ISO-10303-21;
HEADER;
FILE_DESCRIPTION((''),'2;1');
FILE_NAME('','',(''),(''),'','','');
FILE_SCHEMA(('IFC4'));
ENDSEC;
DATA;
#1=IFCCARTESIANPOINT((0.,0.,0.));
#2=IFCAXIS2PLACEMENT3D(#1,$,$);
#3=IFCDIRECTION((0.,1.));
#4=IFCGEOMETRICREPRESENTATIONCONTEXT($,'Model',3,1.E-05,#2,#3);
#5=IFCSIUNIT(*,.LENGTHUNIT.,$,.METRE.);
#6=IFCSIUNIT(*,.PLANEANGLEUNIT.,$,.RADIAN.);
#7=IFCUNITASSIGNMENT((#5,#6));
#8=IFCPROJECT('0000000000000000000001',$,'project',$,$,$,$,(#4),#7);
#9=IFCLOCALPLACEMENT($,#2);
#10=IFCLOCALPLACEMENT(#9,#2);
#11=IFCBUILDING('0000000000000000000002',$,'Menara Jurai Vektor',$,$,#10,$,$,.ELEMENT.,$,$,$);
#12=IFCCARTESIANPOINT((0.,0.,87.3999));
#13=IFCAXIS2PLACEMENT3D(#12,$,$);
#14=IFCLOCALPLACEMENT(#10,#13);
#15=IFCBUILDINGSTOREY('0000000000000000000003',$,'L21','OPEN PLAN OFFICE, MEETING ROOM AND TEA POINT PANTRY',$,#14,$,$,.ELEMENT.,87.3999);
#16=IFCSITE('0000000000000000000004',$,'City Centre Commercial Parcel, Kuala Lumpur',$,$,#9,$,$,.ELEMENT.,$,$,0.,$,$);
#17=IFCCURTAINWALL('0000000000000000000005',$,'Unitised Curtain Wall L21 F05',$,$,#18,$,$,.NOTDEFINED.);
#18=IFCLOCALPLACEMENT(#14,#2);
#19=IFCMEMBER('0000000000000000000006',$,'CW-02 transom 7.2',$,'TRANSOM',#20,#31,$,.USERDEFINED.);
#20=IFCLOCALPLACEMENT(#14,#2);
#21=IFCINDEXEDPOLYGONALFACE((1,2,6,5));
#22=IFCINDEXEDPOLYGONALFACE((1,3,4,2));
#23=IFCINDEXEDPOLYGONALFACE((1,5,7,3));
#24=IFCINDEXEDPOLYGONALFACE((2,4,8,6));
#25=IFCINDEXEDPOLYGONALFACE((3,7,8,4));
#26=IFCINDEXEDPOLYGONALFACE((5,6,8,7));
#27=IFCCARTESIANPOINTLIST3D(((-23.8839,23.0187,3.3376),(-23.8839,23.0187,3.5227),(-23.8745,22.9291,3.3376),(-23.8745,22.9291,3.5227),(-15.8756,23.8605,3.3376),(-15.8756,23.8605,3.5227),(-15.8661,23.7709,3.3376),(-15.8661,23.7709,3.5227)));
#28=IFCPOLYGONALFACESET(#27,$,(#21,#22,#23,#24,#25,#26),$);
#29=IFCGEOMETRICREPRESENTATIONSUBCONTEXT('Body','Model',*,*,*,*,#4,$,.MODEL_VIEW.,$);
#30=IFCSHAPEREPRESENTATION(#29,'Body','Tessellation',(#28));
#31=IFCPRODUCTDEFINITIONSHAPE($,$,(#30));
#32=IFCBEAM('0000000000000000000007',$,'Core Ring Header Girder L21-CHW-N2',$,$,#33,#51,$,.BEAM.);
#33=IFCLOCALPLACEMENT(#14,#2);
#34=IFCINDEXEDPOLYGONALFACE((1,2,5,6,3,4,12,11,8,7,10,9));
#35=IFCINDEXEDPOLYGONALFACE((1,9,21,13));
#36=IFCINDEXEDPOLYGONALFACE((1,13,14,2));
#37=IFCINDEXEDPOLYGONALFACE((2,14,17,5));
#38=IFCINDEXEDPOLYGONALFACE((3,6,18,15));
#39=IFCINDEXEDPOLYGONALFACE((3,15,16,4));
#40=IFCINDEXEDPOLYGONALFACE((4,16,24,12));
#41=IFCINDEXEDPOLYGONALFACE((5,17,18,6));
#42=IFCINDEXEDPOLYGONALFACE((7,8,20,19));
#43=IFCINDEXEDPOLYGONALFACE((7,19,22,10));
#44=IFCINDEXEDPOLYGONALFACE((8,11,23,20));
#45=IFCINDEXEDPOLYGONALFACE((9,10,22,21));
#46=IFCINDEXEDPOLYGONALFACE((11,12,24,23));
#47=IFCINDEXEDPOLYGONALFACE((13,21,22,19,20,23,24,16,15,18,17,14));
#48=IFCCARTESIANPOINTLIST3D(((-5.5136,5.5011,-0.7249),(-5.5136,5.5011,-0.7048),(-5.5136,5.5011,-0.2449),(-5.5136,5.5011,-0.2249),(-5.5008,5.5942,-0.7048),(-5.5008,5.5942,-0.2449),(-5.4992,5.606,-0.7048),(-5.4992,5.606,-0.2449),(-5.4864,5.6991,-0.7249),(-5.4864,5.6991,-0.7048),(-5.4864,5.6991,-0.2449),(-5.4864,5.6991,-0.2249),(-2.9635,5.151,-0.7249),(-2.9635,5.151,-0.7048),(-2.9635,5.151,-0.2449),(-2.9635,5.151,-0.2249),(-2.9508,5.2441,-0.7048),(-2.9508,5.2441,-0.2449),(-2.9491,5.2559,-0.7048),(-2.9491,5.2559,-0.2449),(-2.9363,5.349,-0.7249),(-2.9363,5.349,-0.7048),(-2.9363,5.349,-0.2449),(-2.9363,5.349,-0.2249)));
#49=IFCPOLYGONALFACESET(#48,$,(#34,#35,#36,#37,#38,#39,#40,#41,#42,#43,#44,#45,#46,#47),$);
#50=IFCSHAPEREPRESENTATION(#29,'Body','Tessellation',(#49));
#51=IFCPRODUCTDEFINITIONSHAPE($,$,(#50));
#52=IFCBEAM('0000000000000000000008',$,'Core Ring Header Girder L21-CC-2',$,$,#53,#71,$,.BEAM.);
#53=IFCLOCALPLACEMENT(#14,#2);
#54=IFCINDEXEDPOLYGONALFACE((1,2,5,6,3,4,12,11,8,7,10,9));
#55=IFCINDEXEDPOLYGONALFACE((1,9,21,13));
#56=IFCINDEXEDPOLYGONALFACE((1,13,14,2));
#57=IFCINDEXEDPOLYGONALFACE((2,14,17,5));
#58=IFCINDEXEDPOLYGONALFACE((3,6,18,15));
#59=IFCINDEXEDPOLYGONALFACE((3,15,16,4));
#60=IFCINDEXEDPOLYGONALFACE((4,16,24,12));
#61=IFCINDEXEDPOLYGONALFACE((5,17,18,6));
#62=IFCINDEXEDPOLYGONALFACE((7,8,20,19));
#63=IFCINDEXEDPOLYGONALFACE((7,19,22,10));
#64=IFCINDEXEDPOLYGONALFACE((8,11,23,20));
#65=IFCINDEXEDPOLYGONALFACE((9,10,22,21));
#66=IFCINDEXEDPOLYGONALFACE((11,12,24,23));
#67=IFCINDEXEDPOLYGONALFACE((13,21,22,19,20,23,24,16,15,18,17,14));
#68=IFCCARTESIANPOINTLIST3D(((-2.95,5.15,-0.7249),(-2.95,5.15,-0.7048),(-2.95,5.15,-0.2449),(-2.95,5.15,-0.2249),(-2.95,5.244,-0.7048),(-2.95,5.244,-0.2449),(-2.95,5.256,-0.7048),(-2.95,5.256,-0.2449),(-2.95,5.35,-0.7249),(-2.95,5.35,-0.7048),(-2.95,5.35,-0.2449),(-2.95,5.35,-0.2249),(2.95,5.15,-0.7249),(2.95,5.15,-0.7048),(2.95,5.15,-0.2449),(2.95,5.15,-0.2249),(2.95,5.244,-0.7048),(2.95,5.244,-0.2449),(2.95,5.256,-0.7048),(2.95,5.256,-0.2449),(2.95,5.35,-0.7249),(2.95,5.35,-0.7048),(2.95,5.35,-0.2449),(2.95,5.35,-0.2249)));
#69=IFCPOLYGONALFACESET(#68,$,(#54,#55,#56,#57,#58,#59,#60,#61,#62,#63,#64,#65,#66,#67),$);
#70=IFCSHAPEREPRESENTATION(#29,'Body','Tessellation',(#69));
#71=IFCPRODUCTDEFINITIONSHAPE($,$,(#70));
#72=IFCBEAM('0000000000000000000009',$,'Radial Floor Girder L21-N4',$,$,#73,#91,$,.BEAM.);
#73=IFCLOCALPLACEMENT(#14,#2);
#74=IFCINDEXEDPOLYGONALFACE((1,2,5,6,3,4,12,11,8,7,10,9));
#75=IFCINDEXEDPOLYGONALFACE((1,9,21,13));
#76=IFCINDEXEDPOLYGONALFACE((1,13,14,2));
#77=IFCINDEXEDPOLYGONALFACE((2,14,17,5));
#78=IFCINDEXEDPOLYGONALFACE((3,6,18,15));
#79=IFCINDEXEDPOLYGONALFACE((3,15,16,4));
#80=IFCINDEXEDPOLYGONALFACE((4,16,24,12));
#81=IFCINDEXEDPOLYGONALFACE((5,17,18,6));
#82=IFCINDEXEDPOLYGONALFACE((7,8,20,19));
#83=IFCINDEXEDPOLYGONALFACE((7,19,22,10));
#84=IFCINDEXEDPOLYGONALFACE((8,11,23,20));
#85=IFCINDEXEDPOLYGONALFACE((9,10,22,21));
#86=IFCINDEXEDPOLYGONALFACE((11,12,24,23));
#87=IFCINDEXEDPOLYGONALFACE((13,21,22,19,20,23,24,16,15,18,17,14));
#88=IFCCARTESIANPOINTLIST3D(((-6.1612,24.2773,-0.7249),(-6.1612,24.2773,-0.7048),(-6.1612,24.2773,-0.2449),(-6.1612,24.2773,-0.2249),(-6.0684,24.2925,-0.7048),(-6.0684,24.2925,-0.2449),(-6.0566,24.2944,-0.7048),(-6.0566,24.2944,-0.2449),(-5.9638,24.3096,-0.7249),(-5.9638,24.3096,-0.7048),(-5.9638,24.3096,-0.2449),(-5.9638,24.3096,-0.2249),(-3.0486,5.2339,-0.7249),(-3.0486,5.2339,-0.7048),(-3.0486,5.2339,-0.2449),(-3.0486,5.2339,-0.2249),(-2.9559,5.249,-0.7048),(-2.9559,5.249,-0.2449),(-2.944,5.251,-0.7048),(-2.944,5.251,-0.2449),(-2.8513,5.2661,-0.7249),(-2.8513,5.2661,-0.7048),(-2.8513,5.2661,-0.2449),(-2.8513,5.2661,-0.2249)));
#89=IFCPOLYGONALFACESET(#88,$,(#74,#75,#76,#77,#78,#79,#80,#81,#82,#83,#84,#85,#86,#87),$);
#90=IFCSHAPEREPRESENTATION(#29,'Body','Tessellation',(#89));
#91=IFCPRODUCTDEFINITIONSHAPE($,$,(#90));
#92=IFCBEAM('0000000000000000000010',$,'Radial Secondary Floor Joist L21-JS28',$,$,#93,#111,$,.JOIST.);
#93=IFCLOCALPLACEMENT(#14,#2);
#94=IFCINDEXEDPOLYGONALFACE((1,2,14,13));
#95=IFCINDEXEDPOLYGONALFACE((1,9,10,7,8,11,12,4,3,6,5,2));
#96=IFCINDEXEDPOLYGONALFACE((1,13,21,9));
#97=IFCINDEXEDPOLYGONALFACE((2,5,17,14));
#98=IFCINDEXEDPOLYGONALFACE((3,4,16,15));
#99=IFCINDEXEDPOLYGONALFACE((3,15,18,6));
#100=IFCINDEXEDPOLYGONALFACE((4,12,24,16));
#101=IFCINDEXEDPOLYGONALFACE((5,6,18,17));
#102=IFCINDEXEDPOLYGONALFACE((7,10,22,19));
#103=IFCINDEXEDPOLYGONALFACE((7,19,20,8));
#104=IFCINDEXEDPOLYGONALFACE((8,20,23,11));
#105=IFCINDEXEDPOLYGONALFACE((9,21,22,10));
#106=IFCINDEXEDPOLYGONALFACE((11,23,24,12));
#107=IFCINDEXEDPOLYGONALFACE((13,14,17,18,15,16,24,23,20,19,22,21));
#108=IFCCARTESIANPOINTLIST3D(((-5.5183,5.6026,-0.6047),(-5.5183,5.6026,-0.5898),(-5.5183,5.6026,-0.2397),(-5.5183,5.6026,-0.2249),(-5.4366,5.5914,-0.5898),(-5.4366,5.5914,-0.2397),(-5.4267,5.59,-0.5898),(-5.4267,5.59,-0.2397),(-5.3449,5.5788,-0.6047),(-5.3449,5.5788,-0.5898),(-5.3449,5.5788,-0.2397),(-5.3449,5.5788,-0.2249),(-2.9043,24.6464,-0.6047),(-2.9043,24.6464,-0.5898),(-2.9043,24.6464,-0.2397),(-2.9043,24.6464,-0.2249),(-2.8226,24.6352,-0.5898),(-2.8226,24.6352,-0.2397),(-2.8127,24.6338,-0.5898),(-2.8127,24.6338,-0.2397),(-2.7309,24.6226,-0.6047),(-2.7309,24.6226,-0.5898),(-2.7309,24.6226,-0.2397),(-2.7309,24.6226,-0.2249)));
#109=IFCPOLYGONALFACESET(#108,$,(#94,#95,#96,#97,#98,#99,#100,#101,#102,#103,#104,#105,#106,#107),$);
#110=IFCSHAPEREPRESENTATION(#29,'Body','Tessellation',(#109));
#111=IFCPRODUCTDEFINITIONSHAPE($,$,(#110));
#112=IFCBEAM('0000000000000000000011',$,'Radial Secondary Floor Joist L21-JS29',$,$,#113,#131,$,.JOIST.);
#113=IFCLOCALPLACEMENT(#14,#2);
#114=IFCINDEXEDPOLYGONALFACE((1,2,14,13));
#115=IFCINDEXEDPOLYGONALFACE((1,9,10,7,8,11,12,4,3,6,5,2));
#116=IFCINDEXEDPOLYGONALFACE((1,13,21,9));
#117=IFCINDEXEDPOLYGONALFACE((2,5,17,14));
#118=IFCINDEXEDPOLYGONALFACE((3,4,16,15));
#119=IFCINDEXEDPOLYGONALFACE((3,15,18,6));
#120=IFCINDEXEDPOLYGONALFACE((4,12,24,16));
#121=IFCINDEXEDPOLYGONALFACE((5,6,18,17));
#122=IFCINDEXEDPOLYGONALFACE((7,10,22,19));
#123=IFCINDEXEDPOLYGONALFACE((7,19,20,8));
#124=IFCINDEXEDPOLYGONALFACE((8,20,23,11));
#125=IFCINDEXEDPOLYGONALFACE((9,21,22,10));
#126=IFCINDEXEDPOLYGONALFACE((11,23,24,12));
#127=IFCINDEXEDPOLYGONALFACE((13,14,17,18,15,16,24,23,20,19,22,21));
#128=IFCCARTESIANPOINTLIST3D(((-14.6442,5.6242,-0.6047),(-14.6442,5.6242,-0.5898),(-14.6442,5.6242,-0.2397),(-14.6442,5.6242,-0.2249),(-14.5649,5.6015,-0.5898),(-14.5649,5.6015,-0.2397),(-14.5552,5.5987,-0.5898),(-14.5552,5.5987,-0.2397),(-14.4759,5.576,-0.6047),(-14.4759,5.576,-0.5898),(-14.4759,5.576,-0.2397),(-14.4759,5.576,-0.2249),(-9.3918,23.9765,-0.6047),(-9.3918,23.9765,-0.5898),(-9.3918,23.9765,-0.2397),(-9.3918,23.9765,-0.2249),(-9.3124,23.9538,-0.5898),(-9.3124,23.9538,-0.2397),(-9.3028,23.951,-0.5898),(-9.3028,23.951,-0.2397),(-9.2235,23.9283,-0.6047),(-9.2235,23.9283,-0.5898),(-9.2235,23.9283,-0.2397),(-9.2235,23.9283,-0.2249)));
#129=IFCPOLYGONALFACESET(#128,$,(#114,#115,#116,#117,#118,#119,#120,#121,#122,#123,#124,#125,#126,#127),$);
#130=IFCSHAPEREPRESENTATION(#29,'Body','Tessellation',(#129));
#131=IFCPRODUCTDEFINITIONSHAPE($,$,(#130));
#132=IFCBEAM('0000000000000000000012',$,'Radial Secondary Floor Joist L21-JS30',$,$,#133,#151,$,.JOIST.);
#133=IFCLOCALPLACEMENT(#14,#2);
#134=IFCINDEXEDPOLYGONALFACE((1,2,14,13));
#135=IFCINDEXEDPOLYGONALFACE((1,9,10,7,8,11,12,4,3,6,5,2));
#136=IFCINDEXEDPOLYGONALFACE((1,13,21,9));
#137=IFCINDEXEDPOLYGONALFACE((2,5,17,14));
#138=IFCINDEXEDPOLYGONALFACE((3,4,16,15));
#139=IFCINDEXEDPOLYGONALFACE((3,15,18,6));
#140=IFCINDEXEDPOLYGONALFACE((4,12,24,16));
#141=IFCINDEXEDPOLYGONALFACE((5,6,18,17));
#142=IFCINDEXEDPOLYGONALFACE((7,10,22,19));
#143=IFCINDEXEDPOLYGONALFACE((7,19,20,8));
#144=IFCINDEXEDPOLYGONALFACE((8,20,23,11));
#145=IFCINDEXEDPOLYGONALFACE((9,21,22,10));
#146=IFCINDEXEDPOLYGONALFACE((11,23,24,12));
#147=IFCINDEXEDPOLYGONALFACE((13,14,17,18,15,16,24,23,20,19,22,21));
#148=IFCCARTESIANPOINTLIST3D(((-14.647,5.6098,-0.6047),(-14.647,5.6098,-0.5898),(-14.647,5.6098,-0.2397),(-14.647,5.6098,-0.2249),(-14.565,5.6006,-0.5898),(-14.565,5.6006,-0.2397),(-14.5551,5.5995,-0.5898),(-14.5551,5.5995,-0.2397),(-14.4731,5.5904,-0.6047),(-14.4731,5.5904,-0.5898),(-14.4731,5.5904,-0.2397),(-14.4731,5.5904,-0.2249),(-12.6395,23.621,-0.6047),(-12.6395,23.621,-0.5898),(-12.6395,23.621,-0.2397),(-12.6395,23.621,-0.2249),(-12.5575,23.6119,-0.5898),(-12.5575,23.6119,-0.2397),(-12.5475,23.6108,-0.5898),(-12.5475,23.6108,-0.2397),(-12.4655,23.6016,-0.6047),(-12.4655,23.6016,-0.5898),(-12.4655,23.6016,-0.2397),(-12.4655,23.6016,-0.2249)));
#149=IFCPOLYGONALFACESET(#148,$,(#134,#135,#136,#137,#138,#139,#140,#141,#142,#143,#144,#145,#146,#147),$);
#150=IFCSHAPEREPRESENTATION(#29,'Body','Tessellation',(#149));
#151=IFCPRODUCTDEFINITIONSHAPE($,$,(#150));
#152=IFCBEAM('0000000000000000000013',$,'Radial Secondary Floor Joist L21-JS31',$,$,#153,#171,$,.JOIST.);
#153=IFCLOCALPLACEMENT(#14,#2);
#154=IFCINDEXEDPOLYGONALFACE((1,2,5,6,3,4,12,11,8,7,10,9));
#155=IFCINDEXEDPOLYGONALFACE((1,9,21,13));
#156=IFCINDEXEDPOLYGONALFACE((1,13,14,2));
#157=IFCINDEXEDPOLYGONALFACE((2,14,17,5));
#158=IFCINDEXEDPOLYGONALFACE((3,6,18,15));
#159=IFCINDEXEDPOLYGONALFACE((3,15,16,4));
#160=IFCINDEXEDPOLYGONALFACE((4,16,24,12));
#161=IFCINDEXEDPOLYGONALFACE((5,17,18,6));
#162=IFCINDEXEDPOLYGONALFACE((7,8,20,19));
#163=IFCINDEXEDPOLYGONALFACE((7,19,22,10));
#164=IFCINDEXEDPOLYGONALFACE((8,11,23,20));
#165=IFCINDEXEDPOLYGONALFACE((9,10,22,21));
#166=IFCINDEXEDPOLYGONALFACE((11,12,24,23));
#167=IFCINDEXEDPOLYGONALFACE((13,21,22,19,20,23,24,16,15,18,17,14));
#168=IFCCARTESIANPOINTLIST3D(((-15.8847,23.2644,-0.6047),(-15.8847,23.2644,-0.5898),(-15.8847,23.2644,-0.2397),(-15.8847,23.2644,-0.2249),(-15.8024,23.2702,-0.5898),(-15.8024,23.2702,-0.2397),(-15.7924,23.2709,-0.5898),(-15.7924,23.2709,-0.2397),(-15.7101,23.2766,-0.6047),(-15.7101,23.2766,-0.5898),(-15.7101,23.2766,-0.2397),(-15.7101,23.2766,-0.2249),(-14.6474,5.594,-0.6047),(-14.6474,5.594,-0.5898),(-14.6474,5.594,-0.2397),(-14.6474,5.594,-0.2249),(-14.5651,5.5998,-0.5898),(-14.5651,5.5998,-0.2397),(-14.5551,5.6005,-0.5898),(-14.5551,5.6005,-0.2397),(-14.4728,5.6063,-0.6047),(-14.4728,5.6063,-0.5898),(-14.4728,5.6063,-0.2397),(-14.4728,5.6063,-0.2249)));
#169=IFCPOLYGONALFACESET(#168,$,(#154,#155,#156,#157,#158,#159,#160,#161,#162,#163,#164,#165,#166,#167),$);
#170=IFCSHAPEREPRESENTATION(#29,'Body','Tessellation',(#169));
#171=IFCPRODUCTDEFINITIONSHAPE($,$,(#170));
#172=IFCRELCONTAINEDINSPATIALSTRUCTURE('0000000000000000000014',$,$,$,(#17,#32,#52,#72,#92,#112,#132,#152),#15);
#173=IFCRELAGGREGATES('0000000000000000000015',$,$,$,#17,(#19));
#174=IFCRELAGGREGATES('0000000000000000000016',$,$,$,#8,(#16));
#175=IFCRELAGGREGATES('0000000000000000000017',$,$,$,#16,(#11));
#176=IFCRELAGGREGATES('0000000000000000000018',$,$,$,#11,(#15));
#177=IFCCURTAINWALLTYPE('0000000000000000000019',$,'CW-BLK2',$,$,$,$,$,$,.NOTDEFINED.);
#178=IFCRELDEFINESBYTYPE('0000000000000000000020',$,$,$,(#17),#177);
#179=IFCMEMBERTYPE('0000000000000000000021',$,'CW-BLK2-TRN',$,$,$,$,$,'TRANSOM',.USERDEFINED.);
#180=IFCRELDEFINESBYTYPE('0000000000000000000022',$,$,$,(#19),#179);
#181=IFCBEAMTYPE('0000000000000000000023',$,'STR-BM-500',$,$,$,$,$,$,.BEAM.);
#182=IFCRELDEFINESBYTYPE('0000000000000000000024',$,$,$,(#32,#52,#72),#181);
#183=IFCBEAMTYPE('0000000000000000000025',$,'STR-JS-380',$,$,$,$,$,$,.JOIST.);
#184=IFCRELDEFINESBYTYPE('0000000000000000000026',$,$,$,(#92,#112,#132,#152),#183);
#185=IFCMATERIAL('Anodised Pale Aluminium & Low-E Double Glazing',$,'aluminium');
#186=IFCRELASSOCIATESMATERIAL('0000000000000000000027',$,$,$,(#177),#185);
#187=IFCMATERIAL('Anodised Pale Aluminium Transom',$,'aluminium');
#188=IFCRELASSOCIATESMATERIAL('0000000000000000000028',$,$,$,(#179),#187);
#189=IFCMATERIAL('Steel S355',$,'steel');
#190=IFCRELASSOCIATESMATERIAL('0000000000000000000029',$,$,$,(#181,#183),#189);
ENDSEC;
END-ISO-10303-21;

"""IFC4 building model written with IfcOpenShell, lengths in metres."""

from ifc_helpers import new_model, si_unit, direction, frame, origin, origin_2d, place, context, subcontext, project, spatial, rectangle, i_section, extrude, material, material_profile, profile_set, type_object, element, aggregate, save


model = new_model("IFC4")

# Units and contexts
model_context = context("Model", 3, precision=1e-05, world=origin(), true_north=direction((0.0, 1.0)))
body_context = subcontext(model_context, "Body", "Model", "MODEL_VIEW")
ifc_project = project(units=[si_unit("LENGTHUNIT", "METRE"), si_unit("PLANEANGLEUNIT", "RADIAN")], contexts=[model_context])

# Site, building, storey
site_placement = place(None, origin())
site = spatial("IfcSite", under=ifc_project, at=site_placement, Name="City Centre Commercial Parcel, Kuala Lumpur", CompositionType="ELEMENT", RefElevation=0.0)
building_placement = place(site_placement, origin())
building = spatial("IfcBuilding", under=site, at=building_placement, Name="Menara Jurai Vektor", CompositionType="ELEMENT")
storey_placement = place(building_placement, frame((0.0, 0.0, 87.3999)))
storey = spatial("IfcBuildingStorey", under=building, at=storey_placement, Name="L21", Description="OPEN PLAN OFFICE, MEETING ROOM AND TEA POINT PANTRY", CompositionType="ELEMENT", Elevation=87.3999)

# Shared definitions
ifc_material_1 = material(Name="Steel S355", Category="steel")

# Curtain wall, member
ifc_material_2 = material(Name="Anodised Pale Aluminium & Low-E Double Glazing", Category="aluminium")
curtain_wall_type = type_object("IfcCurtainWallType", Name="CW-BLK2", PredefinedType="NOTDEFINED", material=ifc_material_2)
curtain_wall_placement = place(storey_placement, origin())
curtain_wall = element("IfcCurtainWall", 1, at=curtain_wall_placement, inside=storey, type_object=curtain_wall_type, Name="Unitised Curtain Wall L21 F05", PredefinedType="NOTDEFINED")
ifc_material_3 = material(Name="Anodised Pale Aluminium Transom", Category="aluminium")
ifc_material_profile_1 = material_profile(ifc_material_3, rectangle(XDim=0.0901, YDim=0.1851, at=origin_2d()), Name="ALU TRN 90x185")
ifc_profile_set_1 = profile_set([ifc_material_profile_1], Name="Anodised Pale Aluminium Transom")
member_type_1 = type_object("IfcMemberType", Name="CW-BLK2-TRN", ElementType="TRANSOM", PredefinedType="USERDEFINED", material=ifc_profile_set_1)
member_1_placement = place(storey_placement, frame((-15.8708, 23.8157, 3.4302), z_axis=(-0.994521, -0.10454, 0.0), x_axis=(0.10454, -0.994521, 0.0)))
member_1 = element("IfcMember", 2, at=member_1_placement, type_object=member_type_1, Name="CW-02 transom 7.2", ObjectType="TRANSOM", PredefinedType="USERDEFINED", context=body_context, shape_type="SweptSolid", body=[
    extrude(rectangle(XDim=0.0901, YDim=0.1851, at=origin_2d()), origin(), (0.0, 0.0, 1.0), 8.0525),
])

# Beams
ifc_material_profile_2 = material_profile(ifc_material_1, i_section(OverallWidth=0.2, OverallDepth=0.5, WebThickness=0.012, FlangeThickness=0.02, at=origin_2d()), Name="PG 500x200x96")
ifc_profile_set_2 = profile_set([ifc_material_profile_2], Name="Steel S355")
beam_type_1 = type_object("IfcBeamType", Name="STR-BM-500", PredefinedType="BEAM", material=ifc_profile_set_2)
beam_1_placement = place(storey_placement, frame((-5.5, 5.6001, -0.4749), z_axis=(0.990707, -0.136015, 0.0), x_axis=(0.136015, 0.990707, 0.0)))
element("IfcBeam", 3, at=beam_1_placement, inside=storey, type_object=beam_type_1, Name="Core Ring Header Girder L21-CHW-N2", PredefinedType="BEAM", context=body_context, shape_type="SweptSolid", body=[
    extrude(i_section(OverallWidth=0.2, OverallDepth=0.5, WebThickness=0.012, FlangeThickness=0.02, at=origin_2d()), origin(), (0.0, 0.0, 1.0), 2.574),
])
beam_2_placement = place(storey_placement, frame((-2.95, 5.25, -0.4749), z_axis=(1.0, 0.0, 0.0), x_axis=(0.0, 1.0, 0.0)))
element("IfcBeam", 4, at=beam_2_placement, inside=storey, type_object=beam_type_1, Name="Core Ring Header Girder L21-CC-2", PredefinedType="BEAM", context=body_context, shape_type="SweptSolid", body=[
    extrude(i_section(OverallWidth=0.2, OverallDepth=0.5, WebThickness=0.012, FlangeThickness=0.02, at=origin_2d()), origin(), (0.0, 0.0, 1.0), 5.8999),
])
beam_3_placement = place(storey_placement, frame((-6.0625, 24.2935, -0.4749), z_axis=(0.161304, -0.986905, 0.0), x_axis=(0.986905, 0.161304, 0.0)))
element("IfcBeam", 5, at=beam_3_placement, inside=storey, type_object=beam_type_1, Name="Radial Floor Girder L21-N4", PredefinedType="BEAM", context=body_context, shape_type="SweptSolid", body=[
    extrude(i_section(OverallWidth=0.2, OverallDepth=0.5, WebThickness=0.012, FlangeThickness=0.02, at=origin_2d()), origin(), (0.0, 0.0, 1.0), 19.2961),
])
ifc_material_profile_3 = material_profile(ifc_material_1, i_section(OverallWidth=0.175, OverallDepth=0.3799, WebThickness=0.01, FlangeThickness=0.0149, at=origin_2d()), Name="PG 380x175x58")
ifc_profile_set_3 = profile_set([ifc_material_profile_3], Name="Steel S355")
beam_type_2 = type_object("IfcBeamType", Name="STR-JS-380", PredefinedType="JOIST", material=ifc_profile_set_3)
beam_4_placement = place(storey_placement, frame((-2.8176, 24.6345, -0.4148), z_axis=(-0.135987, -0.990711, 0.0), x_axis=(0.990711, -0.135987, 0.0)))
element("IfcBeam", 6, at=beam_4_placement, inside=storey, type_object=beam_type_2, Name="Radial Secondary Floor Joist L21-JS28", PredefinedType="JOIST", context=body_context, shape_type="SweptSolid", body=[
    extrude(i_section(OverallWidth=0.175, OverallDepth=0.3799, WebThickness=0.01, FlangeThickness=0.0149, at=origin_2d()), origin(), (0.0, 0.0, 1.0), 19.2224),
])
beam_5_placement = place(storey_placement, frame((-9.3076, 23.9524, -0.4148), z_axis=(-0.275154, -0.9614, 0.0), x_axis=(0.9614, -0.275154, 0.0)))
element("IfcBeam", 7, at=beam_5_placement, inside=storey, type_object=beam_type_2, Name="Radial Secondary Floor Joist L21-JS29", PredefinedType="JOIST", context=body_context, shape_type="SweptSolid", body=[
    extrude(i_section(OverallWidth=0.175, OverallDepth=0.3799, WebThickness=0.01, FlangeThickness=0.0149, at=origin_2d()), origin(), (0.0, 0.0, 1.0), 19.0891),
])
beam_6_placement = place(storey_placement, frame((-12.5525, 23.6113, -0.4148), z_axis=(-0.110776, -0.993845, 0.0), x_axis=(0.993845, -0.110776, 0.0)))
element("IfcBeam", 8, at=beam_6_placement, inside=storey, type_object=beam_type_2, Name="Radial Secondary Floor Joist L21-JS30", PredefinedType="JOIST", context=body_context, shape_type="SweptSolid", body=[
    extrude(i_section(OverallWidth=0.175, OverallDepth=0.3799, WebThickness=0.01, FlangeThickness=0.0149, at=origin_2d()), origin(), (0.0, 0.0, 1.0), 18.1228),
])
beam_7_placement = place(storey_placement, frame((-15.7974, 23.2705, -0.4148), z_axis=(0.06985, -0.997557, 0.0), x_axis=(0.997557, 0.06985, 0.0)))
element("IfcBeam", 9, at=beam_7_placement, inside=storey, type_object=beam_type_2, Name="Radial Secondary Floor Joist L21-JS31", PredefinedType="JOIST", context=body_context, shape_type="SweptSolid", body=[
    extrude(i_section(OverallWidth=0.175, OverallDepth=0.3799, WebThickness=0.01, FlangeThickness=0.0149, at=origin_2d()), origin(), (0.0, 0.0, 1.0), 17.7136),
])

aggregate(curtain_wall, [member_1])

save(model, "model.ifc")
